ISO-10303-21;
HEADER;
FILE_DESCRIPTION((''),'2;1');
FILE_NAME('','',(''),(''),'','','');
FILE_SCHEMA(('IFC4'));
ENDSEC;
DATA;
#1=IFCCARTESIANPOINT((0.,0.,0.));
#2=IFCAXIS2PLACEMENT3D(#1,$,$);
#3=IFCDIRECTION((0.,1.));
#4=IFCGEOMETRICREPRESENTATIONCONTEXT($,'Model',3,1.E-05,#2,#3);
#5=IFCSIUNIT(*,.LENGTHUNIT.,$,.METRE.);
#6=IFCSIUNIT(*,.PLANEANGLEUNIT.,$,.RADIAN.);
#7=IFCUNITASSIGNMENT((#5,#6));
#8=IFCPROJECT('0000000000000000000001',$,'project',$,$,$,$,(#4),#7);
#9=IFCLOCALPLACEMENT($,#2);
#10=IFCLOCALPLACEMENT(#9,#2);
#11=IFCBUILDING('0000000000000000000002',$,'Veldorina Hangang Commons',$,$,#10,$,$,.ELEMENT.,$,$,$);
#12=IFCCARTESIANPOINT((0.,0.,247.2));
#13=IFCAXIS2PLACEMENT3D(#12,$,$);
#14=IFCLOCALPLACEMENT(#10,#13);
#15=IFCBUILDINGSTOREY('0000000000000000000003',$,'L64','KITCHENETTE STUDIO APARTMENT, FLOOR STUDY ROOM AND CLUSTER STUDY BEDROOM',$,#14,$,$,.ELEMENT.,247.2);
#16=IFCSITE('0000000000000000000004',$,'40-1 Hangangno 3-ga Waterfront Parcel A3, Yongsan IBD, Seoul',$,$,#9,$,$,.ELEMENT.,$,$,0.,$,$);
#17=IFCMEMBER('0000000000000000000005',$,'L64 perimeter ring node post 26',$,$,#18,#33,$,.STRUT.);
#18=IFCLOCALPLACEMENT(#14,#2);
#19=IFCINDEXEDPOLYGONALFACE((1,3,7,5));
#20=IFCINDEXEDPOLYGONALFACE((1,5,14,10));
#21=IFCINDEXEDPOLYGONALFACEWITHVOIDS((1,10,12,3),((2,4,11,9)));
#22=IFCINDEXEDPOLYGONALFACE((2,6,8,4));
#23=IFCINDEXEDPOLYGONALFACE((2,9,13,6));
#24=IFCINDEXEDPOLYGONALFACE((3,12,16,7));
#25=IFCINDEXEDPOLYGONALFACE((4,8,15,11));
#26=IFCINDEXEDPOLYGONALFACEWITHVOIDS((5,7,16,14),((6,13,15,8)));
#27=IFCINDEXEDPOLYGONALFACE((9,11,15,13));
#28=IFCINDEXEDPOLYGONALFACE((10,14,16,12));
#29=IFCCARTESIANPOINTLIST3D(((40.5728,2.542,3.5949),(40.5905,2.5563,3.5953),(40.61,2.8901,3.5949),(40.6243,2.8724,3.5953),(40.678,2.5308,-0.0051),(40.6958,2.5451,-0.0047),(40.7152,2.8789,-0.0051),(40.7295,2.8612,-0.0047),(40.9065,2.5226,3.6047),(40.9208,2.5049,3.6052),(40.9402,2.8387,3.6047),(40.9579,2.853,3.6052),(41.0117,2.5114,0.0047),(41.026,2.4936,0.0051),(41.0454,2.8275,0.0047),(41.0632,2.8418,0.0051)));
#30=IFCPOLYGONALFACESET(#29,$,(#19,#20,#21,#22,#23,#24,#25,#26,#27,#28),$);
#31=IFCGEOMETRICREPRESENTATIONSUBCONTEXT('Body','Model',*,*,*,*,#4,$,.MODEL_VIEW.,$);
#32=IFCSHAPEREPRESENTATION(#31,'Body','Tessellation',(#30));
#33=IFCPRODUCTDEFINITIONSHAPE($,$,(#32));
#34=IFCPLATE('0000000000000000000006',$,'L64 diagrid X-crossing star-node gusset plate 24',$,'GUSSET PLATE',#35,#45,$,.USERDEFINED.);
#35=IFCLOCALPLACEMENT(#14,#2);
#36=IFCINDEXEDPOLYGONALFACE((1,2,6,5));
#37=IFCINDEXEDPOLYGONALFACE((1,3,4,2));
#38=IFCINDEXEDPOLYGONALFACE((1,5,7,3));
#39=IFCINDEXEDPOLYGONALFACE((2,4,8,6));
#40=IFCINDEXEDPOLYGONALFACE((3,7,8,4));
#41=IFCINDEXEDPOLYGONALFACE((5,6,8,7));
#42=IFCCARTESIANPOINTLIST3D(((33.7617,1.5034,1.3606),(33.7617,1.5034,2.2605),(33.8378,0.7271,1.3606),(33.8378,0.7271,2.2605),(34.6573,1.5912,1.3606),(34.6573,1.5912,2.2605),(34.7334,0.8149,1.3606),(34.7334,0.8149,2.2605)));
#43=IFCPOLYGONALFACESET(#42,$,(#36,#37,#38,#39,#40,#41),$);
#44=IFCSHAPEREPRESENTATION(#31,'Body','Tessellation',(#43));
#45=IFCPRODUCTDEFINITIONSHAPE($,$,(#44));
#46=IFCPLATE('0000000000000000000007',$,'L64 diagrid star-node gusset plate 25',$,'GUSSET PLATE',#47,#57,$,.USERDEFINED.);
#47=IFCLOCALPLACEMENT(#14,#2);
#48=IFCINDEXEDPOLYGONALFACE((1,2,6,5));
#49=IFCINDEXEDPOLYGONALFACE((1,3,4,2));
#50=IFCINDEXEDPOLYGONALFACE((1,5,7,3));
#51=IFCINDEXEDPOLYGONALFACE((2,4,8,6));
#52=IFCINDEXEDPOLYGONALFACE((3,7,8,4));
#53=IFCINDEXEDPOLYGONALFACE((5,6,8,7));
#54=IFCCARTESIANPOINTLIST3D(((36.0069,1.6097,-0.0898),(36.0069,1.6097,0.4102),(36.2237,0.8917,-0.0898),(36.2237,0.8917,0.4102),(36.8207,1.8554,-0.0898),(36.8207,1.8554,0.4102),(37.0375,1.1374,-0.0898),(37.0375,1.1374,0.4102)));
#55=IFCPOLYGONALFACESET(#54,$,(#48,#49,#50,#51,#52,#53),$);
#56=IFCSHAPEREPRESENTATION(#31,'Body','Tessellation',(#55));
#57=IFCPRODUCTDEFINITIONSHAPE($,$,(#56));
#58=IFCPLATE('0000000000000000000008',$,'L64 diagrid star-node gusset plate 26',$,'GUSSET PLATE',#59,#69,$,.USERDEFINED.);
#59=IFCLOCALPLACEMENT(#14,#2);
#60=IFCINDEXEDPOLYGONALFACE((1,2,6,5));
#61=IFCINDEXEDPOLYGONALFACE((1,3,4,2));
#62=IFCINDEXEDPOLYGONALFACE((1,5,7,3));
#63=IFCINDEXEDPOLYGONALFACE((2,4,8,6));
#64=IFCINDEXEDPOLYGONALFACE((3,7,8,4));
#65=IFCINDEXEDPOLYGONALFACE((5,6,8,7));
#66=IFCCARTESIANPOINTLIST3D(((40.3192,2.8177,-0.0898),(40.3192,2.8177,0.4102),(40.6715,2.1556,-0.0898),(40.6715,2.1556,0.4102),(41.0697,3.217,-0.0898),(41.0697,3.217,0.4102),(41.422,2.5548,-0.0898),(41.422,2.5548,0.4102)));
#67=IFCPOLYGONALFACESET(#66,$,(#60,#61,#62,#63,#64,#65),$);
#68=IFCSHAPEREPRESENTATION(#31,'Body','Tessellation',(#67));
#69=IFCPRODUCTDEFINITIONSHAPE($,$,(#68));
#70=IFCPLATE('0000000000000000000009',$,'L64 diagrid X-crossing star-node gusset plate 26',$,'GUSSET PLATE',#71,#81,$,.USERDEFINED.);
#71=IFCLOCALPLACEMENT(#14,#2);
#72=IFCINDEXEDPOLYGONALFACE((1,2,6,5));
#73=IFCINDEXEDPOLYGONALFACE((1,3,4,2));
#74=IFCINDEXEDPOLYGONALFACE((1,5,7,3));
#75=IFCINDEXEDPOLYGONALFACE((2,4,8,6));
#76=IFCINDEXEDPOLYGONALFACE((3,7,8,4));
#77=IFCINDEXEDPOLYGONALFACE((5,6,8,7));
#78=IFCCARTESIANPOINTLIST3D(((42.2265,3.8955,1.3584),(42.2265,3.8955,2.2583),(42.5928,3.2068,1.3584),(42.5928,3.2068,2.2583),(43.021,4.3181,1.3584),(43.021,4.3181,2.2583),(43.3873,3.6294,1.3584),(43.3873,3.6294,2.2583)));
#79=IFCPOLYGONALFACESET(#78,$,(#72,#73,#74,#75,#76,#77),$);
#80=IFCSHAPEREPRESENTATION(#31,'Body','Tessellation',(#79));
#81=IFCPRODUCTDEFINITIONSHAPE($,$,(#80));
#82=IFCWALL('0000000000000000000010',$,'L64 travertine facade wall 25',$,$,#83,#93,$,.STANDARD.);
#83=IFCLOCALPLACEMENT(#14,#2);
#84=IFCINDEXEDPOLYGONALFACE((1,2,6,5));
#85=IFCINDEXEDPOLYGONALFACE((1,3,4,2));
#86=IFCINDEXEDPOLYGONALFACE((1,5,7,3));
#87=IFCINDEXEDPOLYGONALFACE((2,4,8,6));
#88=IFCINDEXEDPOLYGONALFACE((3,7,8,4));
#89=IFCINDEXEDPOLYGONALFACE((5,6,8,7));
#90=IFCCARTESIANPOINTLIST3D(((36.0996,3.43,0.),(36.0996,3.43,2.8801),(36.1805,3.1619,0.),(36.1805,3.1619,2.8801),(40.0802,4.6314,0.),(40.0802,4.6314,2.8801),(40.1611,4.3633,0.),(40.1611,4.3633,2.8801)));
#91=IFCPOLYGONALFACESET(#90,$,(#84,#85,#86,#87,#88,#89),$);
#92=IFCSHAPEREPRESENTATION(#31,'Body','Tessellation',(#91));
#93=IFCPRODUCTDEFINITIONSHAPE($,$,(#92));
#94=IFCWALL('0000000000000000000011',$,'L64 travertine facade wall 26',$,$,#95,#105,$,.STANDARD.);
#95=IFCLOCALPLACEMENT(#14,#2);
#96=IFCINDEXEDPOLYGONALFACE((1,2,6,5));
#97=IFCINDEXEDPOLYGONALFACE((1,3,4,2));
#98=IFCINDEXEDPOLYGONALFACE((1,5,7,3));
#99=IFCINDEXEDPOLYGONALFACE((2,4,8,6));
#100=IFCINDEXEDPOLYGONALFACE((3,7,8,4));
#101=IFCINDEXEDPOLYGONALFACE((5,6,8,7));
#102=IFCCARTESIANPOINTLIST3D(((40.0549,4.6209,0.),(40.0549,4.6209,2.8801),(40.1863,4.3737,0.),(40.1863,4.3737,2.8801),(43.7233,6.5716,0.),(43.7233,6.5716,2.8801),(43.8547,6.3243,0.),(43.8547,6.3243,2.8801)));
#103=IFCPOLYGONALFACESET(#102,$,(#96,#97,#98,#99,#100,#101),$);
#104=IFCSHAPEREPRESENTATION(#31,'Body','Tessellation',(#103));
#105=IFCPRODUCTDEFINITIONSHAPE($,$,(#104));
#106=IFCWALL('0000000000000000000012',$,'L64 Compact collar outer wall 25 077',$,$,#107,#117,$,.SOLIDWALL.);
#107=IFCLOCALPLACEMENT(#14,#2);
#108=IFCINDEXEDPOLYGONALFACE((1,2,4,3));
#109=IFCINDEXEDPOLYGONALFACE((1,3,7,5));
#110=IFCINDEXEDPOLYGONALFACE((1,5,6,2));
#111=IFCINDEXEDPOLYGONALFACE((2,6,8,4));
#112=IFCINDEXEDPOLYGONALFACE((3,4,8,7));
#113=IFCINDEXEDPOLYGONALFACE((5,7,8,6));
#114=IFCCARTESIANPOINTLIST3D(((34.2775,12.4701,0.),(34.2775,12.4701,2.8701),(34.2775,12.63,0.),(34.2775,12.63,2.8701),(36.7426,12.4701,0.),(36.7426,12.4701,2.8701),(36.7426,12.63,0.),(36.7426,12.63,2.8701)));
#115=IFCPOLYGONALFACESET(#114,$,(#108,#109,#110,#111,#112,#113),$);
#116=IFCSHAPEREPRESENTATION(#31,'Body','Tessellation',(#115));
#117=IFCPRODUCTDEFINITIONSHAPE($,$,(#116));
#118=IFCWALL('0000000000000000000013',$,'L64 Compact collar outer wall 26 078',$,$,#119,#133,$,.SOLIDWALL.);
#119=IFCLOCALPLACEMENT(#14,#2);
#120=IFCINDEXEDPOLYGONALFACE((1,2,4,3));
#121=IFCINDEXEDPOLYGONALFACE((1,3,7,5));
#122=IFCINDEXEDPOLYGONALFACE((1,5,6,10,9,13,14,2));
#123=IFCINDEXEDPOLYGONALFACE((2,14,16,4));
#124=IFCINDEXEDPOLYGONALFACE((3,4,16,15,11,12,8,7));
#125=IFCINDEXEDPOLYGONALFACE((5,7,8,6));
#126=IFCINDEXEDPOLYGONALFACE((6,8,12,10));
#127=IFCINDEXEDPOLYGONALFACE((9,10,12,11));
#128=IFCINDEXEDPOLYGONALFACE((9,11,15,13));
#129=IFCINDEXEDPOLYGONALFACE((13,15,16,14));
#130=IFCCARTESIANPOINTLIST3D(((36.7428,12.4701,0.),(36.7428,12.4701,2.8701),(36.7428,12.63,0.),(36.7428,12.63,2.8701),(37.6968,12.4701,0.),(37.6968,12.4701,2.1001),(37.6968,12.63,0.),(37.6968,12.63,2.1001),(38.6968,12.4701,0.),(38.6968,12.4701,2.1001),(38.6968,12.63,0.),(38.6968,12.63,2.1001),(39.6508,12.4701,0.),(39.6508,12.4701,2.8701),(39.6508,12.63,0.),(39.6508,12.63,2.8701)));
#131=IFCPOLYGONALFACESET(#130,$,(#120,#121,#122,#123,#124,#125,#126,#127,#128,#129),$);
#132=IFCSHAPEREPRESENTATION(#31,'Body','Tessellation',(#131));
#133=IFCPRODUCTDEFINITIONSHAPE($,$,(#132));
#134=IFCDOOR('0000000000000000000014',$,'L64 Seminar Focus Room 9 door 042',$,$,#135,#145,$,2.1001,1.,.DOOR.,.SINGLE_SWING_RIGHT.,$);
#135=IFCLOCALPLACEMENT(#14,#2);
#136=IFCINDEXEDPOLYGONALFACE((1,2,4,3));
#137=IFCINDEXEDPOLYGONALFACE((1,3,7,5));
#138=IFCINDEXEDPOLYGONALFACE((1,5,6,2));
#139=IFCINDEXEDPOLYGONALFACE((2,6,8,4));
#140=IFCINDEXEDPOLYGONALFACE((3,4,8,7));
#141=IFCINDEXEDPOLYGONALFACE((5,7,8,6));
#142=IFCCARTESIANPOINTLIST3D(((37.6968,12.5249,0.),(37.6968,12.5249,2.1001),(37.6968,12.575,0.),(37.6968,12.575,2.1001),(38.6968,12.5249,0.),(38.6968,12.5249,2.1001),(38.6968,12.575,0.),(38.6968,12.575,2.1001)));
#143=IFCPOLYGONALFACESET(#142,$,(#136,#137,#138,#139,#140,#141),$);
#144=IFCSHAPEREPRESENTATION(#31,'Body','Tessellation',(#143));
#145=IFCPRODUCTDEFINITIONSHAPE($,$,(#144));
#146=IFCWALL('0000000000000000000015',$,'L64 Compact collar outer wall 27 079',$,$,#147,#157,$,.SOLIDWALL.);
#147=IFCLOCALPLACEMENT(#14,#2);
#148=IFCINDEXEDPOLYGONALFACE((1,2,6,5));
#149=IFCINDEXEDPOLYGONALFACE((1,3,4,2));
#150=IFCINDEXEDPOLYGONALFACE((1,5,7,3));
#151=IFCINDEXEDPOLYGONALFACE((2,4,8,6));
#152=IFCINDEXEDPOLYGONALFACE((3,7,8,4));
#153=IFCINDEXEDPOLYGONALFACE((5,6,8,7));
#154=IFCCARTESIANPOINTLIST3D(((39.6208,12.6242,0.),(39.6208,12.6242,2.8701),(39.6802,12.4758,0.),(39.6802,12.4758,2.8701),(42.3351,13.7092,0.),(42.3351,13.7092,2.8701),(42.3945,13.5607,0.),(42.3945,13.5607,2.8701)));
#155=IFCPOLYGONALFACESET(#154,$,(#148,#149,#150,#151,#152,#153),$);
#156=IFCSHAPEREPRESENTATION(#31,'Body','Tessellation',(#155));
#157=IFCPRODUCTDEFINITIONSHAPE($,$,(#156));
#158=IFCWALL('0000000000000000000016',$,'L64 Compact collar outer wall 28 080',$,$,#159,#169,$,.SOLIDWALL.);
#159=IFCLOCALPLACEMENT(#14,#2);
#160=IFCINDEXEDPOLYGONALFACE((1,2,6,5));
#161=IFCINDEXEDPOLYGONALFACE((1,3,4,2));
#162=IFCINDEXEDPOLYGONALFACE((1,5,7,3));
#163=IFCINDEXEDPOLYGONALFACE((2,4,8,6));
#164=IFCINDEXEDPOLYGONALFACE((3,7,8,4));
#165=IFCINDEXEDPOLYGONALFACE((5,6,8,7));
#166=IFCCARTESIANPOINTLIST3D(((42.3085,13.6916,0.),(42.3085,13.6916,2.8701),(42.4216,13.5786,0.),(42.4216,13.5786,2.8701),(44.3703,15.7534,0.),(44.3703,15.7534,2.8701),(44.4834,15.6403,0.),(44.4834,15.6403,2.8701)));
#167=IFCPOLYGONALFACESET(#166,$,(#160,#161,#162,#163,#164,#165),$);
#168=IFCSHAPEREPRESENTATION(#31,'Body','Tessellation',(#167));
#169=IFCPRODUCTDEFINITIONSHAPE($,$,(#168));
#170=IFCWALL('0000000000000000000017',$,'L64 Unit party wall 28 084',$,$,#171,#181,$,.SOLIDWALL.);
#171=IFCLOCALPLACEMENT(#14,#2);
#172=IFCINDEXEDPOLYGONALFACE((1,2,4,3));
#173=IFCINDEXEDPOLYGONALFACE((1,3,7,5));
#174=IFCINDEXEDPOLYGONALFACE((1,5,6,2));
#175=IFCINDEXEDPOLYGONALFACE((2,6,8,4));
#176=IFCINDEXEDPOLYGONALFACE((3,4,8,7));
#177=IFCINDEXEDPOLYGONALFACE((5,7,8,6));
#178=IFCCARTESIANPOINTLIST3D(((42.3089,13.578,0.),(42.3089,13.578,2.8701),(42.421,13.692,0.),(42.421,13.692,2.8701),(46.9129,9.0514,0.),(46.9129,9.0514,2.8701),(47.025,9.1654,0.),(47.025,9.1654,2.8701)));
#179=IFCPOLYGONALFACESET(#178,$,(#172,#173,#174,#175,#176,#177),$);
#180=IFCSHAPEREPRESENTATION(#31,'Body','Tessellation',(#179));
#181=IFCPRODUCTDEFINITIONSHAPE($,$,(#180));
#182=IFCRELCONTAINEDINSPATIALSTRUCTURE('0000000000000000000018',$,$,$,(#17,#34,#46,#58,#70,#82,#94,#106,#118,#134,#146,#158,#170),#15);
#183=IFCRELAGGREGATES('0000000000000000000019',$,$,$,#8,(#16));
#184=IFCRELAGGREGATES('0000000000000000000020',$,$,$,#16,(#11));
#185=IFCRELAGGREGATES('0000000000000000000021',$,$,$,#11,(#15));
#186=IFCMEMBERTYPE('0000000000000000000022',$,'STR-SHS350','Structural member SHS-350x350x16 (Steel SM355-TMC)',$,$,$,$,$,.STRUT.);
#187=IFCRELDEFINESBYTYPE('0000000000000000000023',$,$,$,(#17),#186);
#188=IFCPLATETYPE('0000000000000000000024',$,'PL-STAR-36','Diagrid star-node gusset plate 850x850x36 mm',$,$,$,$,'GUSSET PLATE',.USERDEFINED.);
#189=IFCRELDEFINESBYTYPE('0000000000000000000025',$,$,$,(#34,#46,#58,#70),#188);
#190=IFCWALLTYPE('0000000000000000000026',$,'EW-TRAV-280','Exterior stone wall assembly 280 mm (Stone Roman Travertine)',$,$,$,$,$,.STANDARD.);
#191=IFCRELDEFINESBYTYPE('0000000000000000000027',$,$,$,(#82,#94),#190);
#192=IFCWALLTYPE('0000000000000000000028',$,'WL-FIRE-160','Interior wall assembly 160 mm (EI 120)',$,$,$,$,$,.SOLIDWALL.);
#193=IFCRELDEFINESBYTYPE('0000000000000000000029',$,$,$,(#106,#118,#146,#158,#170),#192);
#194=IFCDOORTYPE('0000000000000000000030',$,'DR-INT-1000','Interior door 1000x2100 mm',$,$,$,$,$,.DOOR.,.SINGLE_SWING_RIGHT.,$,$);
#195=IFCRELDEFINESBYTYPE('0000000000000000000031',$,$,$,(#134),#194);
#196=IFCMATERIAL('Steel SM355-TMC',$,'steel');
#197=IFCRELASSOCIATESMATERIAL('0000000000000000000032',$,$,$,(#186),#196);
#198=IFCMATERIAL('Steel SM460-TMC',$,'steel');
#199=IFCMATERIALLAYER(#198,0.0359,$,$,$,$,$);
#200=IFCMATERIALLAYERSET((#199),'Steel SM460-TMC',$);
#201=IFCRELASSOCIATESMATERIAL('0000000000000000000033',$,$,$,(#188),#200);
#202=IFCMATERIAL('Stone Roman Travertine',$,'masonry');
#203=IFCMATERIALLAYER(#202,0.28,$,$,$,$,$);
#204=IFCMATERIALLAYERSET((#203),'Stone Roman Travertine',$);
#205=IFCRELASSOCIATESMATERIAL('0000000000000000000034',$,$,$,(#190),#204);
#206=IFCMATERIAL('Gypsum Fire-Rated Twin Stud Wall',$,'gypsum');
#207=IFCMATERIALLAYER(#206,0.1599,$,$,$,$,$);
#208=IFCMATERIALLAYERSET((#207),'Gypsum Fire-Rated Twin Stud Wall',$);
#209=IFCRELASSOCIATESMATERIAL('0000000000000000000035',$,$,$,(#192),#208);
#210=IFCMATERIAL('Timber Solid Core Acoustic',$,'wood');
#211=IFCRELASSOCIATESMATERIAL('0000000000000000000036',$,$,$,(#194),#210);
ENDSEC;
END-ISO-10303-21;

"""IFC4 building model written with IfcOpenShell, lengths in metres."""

from ifc_helpers import new_model, si_unit, direction, frame, frame_2d, origin, origin_2d, place, context, subcontext, project, spatial, rectangle, hollow_rectangle, extrude, material, layer, layer_set, material_profile, profile_set, type_object, element, fill, save


model = new_model("IFC4")

# Units and contexts
model_context = context("Model", 3, precision=1e-05, world=origin(), true_north=direction((0.0, 1.0)))
body_context = subcontext(model_context, "Body", "Model", "MODEL_VIEW")
ifc_project = project(units=[si_unit("LENGTHUNIT", "METRE"), si_unit("PLANEANGLEUNIT", "RADIAN")], contexts=[model_context])

# Site, building, storey
site_placement = place(None, origin())
site = spatial("IfcSite", under=ifc_project, at=site_placement, Name="40-1 Hangangno 3-ga Waterfront Parcel A3, Yongsan IBD, Seoul", CompositionType="ELEMENT", RefElevation=0.0)
building_placement = place(site_placement, origin())
building = spatial("IfcBuilding", under=site, at=building_placement, Name="Veldorina Hangang Commons", CompositionType="ELEMENT")
storey_placement = place(building_placement, frame((0.0, 0.0, 247.2)))
storey = spatial("IfcBuildingStorey", under=building, at=storey_placement, Name="L64", Description="KITCHENETTE STUDIO APARTMENT, FLOOR STUDY ROOM AND CLUSTER STUDY BEDROOM", CompositionType="ELEMENT", Elevation=247.2)

# Shared definitions
ifc_material_1 = material(Name="Steel SM355-TMC", Category="steel")

# Member
ifc_material_profile_1 = material_profile(ifc_material_1, hollow_rectangle(XDim=0.3501, YDim=0.3501, WallThickness=0.0161, at=origin_2d()), Name="SHS-350x350x16")
ifc_profile_set_1 = profile_set([ifc_material_profile_1], Name="Steel SM355-TMC")
member_type_1 = type_object("IfcMemberType", Name="STR-SHS350", Description="Structural member SHS-350x350x16 (Steel SM355-TMC)", PredefinedType="STRUT", material=ifc_profile_set_1)
member_1_placement = place(storey_placement, frame((40.8706, 2.6863, 0.0), z_axis=(-0.029216, 0.003118, 0.999568), x_axis=(-0.106126, -0.994353, 0.0)))
element("IfcMember", 1, at=member_1_placement, inside=storey, type_object=member_type_1, Name="L64 perimeter ring node post 26", PredefinedType="STRUT", context=body_context, shape_type="SweptSolid", body=[
    extrude(hollow_rectangle(XDim=0.3501, YDim=0.3501, WallThickness=0.0161, at=origin_2d()), origin(), (0.0, 0.0, 1.0), 3.6016),
])

# Plates
ifc_material_2 = material(Name="Steel SM460-TMC", Category="steel")
ifc_layer_1 = layer(ifc_material_2, 0.0359)
ifc_layer_set_1 = layer_set([ifc_layer_1], Name="Steel SM460-TMC")
plate_type = type_object("IfcPlateType", Name="PL-STAR-36", Description="Diagrid star-node gusset plate 850x850x36 mm", ElementType="GUSSET PLATE", PredefinedType="USERDEFINED", material=ifc_layer_set_1)
plate_1_placement = place(storey_placement, frame((34.2476, 1.1592, 1.3606), z_axis=(0.0, 0.0, 1.0), x_axis=(0.995229, 0.097566, 0.0)))
element("IfcPlate", 2, at=plate_1_placement, inside=storey, type_object=plate_type, Name="L64 diagrid X-crossing star-node gusset plate 24", ObjectType="GUSSET PLATE", PredefinedType="USERDEFINED", context=body_context, shape_type="SweptSolid", body=[
    extrude(rectangle(XDim=0.8999, YDim=0.78, at=origin_2d()), origin(), (0.0, 0.0, 1.0), 0.8999),
])
for number, where, z_axis, x_axis, name in (
    (3, (36.5222, 1.3735, -0.0898), (0.0, 0.0, 1.0), (0.957319, 0.289032, 0.0), "L64 diagrid star-node gusset plate 25"),
    (4, (40.8706, 2.6863, -0.0898), (0.0, 0.0, 1.0), (0.882857, 0.469641, 0.0), "L64 diagrid star-node gusset plate 26"),
):
    element("IfcPlate", number, at=place(storey_placement, frame(where, z_axis=z_axis, x_axis=x_axis)), inside=storey, type_object=plate_type, Name=name, ObjectType="GUSSET PLATE", PredefinedType="USERDEFINED", context=body_context, shape_type="SweptSolid", body=[
        extrude(rectangle(XDim=0.8501, YDim=0.75, at=origin_2d()), origin(), (0.0, 0.0, 1.0), 0.5),
    ])
plate_2_placement = place(storey_placement, frame((42.8069, 3.7625, 1.3584), z_axis=(0.0, 0.0, 1.0), x_axis=(0.882857, 0.469641, 0.0)))
element("IfcPlate", 5, at=plate_2_placement, inside=storey, type_object=plate_type, Name="L64 diagrid X-crossing star-node gusset plate 26", ObjectType="GUSSET PLATE", PredefinedType="USERDEFINED", context=body_context, shape_type="SweptSolid", body=[
    extrude(rectangle(XDim=0.8999, YDim=0.78, at=origin_2d()), origin(), (0.0, 0.0, 1.0), 0.8999),
])

# Shared definitions
ifc_material_3 = material(Name="Stone Roman Travertine", Category="masonry")

# Walls
ifc_layer_2 = layer(ifc_material_3, 0.28)
ifc_layer_set_2 = layer_set([ifc_layer_2], Name="Stone Roman Travertine")
wall_type_1 = type_object("IfcWallType", Name="EW-TRAV-280", Description="Exterior stone wall assembly 280 mm (Stone Roman Travertine)", PredefinedType="STANDARD", material=ifc_layer_set_2)
wall_1_placement = place(storey_placement, frame((36.1399, 3.2959, 0.0), z_axis=(0.0, 0.0, 1.0), x_axis=(0.957348, 0.288937, 0.0)))
element("IfcWall", 6, at=wall_1_placement, inside=storey, type_object=wall_type_1, Name="L64 travertine facade wall 25", PredefinedType="STANDARD", context=body_context, shape_type="SweptSolid", body=[
    extrude(rectangle(XDim=4.158, YDim=0.28, at=frame_2d((2.0791, 0.0))), origin(), (0.0, 0.0, 1.0), 2.8801),
])
wall_2_placement = place(storey_placement, frame((40.1206, 4.4973, 0.0), z_axis=(0.0, 0.0, 1.0), x_axis=(0.882935, 0.469496, 0.0)))
element("IfcWall", 7, at=wall_2_placement, inside=storey, type_object=wall_type_1, Name="L64 travertine facade wall 26", PredefinedType="STANDARD", context=body_context, shape_type="SweptSolid", body=[
    extrude(rectangle(XDim=4.1548, YDim=0.28, at=frame_2d((2.0774, 0.0))), origin(), (0.0, 0.0, 1.0), 2.8801),
])
ifc_material_4 = material(Name="Gypsum Fire-Rated Twin Stud Wall", Category="gypsum")
ifc_layer_3 = layer(ifc_material_4, 0.1599)
ifc_layer_set_3 = layer_set([ifc_layer_3], Name="Gypsum Fire-Rated Twin Stud Wall")
wall_type_2 = type_object("IfcWallType", Name="WL-FIRE-160", Description="Interior wall assembly 160 mm (EI 120)", PredefinedType="SOLIDWALL", material=ifc_layer_set_3)
wall_3_placement = place(storey_placement, frame((34.2776, 12.55, 0.0), z_axis=(0.0, 0.0, 1.0), x_axis=(1.0, 0.0, 0.0)))
element("IfcWall", 8, at=wall_3_placement, inside=storey, type_object=wall_type_2, Name="L64 Compact collar outer wall 25 077", PredefinedType="SOLIDWALL", context=body_context, shape_type="SweptSolid", body=[
    extrude(rectangle(XDim=2.4651, YDim=0.1599, at=frame_2d((1.2324, 0.0))), origin(), (0.0, 0.0, 1.0), 2.8701),
])

# Wall, opening, door
wall_4_placement = place(storey_placement, frame((36.7427, 12.55, 0.0), z_axis=(0.0, 0.0, 1.0), x_axis=(1.0, 0.0, 0.0)))
wall_4 = element("IfcWall", 9, at=wall_4_placement, inside=storey, type_object=wall_type_2, Name="L64 Compact collar outer wall 26 078", PredefinedType="SOLIDWALL", context=body_context, shape_type="SweptSolid", body=[
    extrude(rectangle(XDim=2.908, YDim=0.1599, at=frame_2d((1.4541, 0.0))), origin(), (0.0, 0.0, 1.0), 2.8701),
])
opening_1_placement = place(wall_4_placement, frame((0.9541, 0.0, 0.0)))
opening_1 = element("IfcOpeningElement", 10, at=opening_1_placement, cuts=wall_4, PredefinedType="OPENING", context=body_context, shape_type="SweptSolid", body=[
    extrude(rectangle(XDim=1.0, YDim=2.1001, at=frame_2d((0.5, 1.05))), frame((0.0, 0.0898, 0.0), z_axis=(0.0, -1.0, 0.0), x_axis=(1.0, 0.0, 0.0)), (0.0, 0.0, 1.0), 0.1799),
])
ifc_material_5 = material(Name="Timber Solid Core Acoustic", Category="wood")
door_type_1 = type_object("IfcDoorType", Name="DR-INT-1000", Description="Interior door 1000x2100 mm", OperationType="SINGLE_SWING_RIGHT", PredefinedType="DOOR", material=ifc_material_5)
door_1_placement = place(opening_1_placement, origin())
door_1 = element("IfcDoor", 11, at=door_1_placement, inside=storey, type_object=door_type_1, Name="L64 Seminar Focus Room 9 door 042", OperationType="SINGLE_SWING_RIGHT", OverallHeight=2.1001, OverallWidth=1.0, PredefinedType="DOOR", context=body_context, shape_type="SweptSolid", body=[
    extrude(rectangle(XDim=1.0, YDim=2.1001, at=frame_2d((0.5, 1.05))), frame((0.0, 0.0249, 0.0), z_axis=(0.0, -1.0, 0.0), x_axis=(1.0, 0.0, 0.0)), (0.0, 0.0, 1.0), 0.05),
])
fill(opening_1, door_1)

# Walls
wall_5_placement = place(storey_placement, frame((39.6506, 12.55, 0.0), z_axis=(0.0, 0.0, 1.0), x_axis=(0.928569, 0.37116, 0.0)))
element("IfcWall", 12, at=wall_5_placement, inside=storey, type_object=wall_type_2, Name="L64 Compact collar outer wall 27 079", PredefinedType="SOLIDWALL", context=body_context, shape_type="SweptSolid", body=[
    extrude(rectangle(XDim=2.9231, YDim=0.1599, at=frame_2d((1.4614, 0.0))), origin(), (0.0, 0.0, 1.0), 2.8701),
])
wall_6_placement = place(storey_placement, frame((42.365, 13.635, 0.0), z_axis=(0.0, 0.0, 1.0), x_axis=(0.707107, 0.707107, 0.0)))
element("IfcWall", 13, at=wall_6_placement, inside=storey, type_object=wall_type_2, Name="L64 Compact collar outer wall 28 080", PredefinedType="SOLIDWALL", context=body_context, shape_type="SweptSolid", body=[
    extrude(rectangle(XDim=2.9158, YDim=0.1599, at=frame_2d((1.458, 0.0))), origin(), (0.0, 0.0, 1.0), 2.8701),
])
wall_7_placement = place(storey_placement, frame((42.365, 13.635, 0.0), z_axis=(0.0, 0.0, 1.0), x_axis=(0.713075, -0.701088, 0.0)))
element("IfcWall", 14, at=wall_7_placement, inside=storey, type_object=wall_type_2, Name="L64 Unit party wall 28 084", PredefinedType="SOLIDWALL", context=body_context, shape_type="SweptSolid", body=[
    extrude(rectangle(XDim=6.4565, YDim=0.1599, at=frame_2d((3.2283, 0.0))), origin(), (0.0, 0.0, 1.0), 2.8701),
])

save(model, "model.ifc")
